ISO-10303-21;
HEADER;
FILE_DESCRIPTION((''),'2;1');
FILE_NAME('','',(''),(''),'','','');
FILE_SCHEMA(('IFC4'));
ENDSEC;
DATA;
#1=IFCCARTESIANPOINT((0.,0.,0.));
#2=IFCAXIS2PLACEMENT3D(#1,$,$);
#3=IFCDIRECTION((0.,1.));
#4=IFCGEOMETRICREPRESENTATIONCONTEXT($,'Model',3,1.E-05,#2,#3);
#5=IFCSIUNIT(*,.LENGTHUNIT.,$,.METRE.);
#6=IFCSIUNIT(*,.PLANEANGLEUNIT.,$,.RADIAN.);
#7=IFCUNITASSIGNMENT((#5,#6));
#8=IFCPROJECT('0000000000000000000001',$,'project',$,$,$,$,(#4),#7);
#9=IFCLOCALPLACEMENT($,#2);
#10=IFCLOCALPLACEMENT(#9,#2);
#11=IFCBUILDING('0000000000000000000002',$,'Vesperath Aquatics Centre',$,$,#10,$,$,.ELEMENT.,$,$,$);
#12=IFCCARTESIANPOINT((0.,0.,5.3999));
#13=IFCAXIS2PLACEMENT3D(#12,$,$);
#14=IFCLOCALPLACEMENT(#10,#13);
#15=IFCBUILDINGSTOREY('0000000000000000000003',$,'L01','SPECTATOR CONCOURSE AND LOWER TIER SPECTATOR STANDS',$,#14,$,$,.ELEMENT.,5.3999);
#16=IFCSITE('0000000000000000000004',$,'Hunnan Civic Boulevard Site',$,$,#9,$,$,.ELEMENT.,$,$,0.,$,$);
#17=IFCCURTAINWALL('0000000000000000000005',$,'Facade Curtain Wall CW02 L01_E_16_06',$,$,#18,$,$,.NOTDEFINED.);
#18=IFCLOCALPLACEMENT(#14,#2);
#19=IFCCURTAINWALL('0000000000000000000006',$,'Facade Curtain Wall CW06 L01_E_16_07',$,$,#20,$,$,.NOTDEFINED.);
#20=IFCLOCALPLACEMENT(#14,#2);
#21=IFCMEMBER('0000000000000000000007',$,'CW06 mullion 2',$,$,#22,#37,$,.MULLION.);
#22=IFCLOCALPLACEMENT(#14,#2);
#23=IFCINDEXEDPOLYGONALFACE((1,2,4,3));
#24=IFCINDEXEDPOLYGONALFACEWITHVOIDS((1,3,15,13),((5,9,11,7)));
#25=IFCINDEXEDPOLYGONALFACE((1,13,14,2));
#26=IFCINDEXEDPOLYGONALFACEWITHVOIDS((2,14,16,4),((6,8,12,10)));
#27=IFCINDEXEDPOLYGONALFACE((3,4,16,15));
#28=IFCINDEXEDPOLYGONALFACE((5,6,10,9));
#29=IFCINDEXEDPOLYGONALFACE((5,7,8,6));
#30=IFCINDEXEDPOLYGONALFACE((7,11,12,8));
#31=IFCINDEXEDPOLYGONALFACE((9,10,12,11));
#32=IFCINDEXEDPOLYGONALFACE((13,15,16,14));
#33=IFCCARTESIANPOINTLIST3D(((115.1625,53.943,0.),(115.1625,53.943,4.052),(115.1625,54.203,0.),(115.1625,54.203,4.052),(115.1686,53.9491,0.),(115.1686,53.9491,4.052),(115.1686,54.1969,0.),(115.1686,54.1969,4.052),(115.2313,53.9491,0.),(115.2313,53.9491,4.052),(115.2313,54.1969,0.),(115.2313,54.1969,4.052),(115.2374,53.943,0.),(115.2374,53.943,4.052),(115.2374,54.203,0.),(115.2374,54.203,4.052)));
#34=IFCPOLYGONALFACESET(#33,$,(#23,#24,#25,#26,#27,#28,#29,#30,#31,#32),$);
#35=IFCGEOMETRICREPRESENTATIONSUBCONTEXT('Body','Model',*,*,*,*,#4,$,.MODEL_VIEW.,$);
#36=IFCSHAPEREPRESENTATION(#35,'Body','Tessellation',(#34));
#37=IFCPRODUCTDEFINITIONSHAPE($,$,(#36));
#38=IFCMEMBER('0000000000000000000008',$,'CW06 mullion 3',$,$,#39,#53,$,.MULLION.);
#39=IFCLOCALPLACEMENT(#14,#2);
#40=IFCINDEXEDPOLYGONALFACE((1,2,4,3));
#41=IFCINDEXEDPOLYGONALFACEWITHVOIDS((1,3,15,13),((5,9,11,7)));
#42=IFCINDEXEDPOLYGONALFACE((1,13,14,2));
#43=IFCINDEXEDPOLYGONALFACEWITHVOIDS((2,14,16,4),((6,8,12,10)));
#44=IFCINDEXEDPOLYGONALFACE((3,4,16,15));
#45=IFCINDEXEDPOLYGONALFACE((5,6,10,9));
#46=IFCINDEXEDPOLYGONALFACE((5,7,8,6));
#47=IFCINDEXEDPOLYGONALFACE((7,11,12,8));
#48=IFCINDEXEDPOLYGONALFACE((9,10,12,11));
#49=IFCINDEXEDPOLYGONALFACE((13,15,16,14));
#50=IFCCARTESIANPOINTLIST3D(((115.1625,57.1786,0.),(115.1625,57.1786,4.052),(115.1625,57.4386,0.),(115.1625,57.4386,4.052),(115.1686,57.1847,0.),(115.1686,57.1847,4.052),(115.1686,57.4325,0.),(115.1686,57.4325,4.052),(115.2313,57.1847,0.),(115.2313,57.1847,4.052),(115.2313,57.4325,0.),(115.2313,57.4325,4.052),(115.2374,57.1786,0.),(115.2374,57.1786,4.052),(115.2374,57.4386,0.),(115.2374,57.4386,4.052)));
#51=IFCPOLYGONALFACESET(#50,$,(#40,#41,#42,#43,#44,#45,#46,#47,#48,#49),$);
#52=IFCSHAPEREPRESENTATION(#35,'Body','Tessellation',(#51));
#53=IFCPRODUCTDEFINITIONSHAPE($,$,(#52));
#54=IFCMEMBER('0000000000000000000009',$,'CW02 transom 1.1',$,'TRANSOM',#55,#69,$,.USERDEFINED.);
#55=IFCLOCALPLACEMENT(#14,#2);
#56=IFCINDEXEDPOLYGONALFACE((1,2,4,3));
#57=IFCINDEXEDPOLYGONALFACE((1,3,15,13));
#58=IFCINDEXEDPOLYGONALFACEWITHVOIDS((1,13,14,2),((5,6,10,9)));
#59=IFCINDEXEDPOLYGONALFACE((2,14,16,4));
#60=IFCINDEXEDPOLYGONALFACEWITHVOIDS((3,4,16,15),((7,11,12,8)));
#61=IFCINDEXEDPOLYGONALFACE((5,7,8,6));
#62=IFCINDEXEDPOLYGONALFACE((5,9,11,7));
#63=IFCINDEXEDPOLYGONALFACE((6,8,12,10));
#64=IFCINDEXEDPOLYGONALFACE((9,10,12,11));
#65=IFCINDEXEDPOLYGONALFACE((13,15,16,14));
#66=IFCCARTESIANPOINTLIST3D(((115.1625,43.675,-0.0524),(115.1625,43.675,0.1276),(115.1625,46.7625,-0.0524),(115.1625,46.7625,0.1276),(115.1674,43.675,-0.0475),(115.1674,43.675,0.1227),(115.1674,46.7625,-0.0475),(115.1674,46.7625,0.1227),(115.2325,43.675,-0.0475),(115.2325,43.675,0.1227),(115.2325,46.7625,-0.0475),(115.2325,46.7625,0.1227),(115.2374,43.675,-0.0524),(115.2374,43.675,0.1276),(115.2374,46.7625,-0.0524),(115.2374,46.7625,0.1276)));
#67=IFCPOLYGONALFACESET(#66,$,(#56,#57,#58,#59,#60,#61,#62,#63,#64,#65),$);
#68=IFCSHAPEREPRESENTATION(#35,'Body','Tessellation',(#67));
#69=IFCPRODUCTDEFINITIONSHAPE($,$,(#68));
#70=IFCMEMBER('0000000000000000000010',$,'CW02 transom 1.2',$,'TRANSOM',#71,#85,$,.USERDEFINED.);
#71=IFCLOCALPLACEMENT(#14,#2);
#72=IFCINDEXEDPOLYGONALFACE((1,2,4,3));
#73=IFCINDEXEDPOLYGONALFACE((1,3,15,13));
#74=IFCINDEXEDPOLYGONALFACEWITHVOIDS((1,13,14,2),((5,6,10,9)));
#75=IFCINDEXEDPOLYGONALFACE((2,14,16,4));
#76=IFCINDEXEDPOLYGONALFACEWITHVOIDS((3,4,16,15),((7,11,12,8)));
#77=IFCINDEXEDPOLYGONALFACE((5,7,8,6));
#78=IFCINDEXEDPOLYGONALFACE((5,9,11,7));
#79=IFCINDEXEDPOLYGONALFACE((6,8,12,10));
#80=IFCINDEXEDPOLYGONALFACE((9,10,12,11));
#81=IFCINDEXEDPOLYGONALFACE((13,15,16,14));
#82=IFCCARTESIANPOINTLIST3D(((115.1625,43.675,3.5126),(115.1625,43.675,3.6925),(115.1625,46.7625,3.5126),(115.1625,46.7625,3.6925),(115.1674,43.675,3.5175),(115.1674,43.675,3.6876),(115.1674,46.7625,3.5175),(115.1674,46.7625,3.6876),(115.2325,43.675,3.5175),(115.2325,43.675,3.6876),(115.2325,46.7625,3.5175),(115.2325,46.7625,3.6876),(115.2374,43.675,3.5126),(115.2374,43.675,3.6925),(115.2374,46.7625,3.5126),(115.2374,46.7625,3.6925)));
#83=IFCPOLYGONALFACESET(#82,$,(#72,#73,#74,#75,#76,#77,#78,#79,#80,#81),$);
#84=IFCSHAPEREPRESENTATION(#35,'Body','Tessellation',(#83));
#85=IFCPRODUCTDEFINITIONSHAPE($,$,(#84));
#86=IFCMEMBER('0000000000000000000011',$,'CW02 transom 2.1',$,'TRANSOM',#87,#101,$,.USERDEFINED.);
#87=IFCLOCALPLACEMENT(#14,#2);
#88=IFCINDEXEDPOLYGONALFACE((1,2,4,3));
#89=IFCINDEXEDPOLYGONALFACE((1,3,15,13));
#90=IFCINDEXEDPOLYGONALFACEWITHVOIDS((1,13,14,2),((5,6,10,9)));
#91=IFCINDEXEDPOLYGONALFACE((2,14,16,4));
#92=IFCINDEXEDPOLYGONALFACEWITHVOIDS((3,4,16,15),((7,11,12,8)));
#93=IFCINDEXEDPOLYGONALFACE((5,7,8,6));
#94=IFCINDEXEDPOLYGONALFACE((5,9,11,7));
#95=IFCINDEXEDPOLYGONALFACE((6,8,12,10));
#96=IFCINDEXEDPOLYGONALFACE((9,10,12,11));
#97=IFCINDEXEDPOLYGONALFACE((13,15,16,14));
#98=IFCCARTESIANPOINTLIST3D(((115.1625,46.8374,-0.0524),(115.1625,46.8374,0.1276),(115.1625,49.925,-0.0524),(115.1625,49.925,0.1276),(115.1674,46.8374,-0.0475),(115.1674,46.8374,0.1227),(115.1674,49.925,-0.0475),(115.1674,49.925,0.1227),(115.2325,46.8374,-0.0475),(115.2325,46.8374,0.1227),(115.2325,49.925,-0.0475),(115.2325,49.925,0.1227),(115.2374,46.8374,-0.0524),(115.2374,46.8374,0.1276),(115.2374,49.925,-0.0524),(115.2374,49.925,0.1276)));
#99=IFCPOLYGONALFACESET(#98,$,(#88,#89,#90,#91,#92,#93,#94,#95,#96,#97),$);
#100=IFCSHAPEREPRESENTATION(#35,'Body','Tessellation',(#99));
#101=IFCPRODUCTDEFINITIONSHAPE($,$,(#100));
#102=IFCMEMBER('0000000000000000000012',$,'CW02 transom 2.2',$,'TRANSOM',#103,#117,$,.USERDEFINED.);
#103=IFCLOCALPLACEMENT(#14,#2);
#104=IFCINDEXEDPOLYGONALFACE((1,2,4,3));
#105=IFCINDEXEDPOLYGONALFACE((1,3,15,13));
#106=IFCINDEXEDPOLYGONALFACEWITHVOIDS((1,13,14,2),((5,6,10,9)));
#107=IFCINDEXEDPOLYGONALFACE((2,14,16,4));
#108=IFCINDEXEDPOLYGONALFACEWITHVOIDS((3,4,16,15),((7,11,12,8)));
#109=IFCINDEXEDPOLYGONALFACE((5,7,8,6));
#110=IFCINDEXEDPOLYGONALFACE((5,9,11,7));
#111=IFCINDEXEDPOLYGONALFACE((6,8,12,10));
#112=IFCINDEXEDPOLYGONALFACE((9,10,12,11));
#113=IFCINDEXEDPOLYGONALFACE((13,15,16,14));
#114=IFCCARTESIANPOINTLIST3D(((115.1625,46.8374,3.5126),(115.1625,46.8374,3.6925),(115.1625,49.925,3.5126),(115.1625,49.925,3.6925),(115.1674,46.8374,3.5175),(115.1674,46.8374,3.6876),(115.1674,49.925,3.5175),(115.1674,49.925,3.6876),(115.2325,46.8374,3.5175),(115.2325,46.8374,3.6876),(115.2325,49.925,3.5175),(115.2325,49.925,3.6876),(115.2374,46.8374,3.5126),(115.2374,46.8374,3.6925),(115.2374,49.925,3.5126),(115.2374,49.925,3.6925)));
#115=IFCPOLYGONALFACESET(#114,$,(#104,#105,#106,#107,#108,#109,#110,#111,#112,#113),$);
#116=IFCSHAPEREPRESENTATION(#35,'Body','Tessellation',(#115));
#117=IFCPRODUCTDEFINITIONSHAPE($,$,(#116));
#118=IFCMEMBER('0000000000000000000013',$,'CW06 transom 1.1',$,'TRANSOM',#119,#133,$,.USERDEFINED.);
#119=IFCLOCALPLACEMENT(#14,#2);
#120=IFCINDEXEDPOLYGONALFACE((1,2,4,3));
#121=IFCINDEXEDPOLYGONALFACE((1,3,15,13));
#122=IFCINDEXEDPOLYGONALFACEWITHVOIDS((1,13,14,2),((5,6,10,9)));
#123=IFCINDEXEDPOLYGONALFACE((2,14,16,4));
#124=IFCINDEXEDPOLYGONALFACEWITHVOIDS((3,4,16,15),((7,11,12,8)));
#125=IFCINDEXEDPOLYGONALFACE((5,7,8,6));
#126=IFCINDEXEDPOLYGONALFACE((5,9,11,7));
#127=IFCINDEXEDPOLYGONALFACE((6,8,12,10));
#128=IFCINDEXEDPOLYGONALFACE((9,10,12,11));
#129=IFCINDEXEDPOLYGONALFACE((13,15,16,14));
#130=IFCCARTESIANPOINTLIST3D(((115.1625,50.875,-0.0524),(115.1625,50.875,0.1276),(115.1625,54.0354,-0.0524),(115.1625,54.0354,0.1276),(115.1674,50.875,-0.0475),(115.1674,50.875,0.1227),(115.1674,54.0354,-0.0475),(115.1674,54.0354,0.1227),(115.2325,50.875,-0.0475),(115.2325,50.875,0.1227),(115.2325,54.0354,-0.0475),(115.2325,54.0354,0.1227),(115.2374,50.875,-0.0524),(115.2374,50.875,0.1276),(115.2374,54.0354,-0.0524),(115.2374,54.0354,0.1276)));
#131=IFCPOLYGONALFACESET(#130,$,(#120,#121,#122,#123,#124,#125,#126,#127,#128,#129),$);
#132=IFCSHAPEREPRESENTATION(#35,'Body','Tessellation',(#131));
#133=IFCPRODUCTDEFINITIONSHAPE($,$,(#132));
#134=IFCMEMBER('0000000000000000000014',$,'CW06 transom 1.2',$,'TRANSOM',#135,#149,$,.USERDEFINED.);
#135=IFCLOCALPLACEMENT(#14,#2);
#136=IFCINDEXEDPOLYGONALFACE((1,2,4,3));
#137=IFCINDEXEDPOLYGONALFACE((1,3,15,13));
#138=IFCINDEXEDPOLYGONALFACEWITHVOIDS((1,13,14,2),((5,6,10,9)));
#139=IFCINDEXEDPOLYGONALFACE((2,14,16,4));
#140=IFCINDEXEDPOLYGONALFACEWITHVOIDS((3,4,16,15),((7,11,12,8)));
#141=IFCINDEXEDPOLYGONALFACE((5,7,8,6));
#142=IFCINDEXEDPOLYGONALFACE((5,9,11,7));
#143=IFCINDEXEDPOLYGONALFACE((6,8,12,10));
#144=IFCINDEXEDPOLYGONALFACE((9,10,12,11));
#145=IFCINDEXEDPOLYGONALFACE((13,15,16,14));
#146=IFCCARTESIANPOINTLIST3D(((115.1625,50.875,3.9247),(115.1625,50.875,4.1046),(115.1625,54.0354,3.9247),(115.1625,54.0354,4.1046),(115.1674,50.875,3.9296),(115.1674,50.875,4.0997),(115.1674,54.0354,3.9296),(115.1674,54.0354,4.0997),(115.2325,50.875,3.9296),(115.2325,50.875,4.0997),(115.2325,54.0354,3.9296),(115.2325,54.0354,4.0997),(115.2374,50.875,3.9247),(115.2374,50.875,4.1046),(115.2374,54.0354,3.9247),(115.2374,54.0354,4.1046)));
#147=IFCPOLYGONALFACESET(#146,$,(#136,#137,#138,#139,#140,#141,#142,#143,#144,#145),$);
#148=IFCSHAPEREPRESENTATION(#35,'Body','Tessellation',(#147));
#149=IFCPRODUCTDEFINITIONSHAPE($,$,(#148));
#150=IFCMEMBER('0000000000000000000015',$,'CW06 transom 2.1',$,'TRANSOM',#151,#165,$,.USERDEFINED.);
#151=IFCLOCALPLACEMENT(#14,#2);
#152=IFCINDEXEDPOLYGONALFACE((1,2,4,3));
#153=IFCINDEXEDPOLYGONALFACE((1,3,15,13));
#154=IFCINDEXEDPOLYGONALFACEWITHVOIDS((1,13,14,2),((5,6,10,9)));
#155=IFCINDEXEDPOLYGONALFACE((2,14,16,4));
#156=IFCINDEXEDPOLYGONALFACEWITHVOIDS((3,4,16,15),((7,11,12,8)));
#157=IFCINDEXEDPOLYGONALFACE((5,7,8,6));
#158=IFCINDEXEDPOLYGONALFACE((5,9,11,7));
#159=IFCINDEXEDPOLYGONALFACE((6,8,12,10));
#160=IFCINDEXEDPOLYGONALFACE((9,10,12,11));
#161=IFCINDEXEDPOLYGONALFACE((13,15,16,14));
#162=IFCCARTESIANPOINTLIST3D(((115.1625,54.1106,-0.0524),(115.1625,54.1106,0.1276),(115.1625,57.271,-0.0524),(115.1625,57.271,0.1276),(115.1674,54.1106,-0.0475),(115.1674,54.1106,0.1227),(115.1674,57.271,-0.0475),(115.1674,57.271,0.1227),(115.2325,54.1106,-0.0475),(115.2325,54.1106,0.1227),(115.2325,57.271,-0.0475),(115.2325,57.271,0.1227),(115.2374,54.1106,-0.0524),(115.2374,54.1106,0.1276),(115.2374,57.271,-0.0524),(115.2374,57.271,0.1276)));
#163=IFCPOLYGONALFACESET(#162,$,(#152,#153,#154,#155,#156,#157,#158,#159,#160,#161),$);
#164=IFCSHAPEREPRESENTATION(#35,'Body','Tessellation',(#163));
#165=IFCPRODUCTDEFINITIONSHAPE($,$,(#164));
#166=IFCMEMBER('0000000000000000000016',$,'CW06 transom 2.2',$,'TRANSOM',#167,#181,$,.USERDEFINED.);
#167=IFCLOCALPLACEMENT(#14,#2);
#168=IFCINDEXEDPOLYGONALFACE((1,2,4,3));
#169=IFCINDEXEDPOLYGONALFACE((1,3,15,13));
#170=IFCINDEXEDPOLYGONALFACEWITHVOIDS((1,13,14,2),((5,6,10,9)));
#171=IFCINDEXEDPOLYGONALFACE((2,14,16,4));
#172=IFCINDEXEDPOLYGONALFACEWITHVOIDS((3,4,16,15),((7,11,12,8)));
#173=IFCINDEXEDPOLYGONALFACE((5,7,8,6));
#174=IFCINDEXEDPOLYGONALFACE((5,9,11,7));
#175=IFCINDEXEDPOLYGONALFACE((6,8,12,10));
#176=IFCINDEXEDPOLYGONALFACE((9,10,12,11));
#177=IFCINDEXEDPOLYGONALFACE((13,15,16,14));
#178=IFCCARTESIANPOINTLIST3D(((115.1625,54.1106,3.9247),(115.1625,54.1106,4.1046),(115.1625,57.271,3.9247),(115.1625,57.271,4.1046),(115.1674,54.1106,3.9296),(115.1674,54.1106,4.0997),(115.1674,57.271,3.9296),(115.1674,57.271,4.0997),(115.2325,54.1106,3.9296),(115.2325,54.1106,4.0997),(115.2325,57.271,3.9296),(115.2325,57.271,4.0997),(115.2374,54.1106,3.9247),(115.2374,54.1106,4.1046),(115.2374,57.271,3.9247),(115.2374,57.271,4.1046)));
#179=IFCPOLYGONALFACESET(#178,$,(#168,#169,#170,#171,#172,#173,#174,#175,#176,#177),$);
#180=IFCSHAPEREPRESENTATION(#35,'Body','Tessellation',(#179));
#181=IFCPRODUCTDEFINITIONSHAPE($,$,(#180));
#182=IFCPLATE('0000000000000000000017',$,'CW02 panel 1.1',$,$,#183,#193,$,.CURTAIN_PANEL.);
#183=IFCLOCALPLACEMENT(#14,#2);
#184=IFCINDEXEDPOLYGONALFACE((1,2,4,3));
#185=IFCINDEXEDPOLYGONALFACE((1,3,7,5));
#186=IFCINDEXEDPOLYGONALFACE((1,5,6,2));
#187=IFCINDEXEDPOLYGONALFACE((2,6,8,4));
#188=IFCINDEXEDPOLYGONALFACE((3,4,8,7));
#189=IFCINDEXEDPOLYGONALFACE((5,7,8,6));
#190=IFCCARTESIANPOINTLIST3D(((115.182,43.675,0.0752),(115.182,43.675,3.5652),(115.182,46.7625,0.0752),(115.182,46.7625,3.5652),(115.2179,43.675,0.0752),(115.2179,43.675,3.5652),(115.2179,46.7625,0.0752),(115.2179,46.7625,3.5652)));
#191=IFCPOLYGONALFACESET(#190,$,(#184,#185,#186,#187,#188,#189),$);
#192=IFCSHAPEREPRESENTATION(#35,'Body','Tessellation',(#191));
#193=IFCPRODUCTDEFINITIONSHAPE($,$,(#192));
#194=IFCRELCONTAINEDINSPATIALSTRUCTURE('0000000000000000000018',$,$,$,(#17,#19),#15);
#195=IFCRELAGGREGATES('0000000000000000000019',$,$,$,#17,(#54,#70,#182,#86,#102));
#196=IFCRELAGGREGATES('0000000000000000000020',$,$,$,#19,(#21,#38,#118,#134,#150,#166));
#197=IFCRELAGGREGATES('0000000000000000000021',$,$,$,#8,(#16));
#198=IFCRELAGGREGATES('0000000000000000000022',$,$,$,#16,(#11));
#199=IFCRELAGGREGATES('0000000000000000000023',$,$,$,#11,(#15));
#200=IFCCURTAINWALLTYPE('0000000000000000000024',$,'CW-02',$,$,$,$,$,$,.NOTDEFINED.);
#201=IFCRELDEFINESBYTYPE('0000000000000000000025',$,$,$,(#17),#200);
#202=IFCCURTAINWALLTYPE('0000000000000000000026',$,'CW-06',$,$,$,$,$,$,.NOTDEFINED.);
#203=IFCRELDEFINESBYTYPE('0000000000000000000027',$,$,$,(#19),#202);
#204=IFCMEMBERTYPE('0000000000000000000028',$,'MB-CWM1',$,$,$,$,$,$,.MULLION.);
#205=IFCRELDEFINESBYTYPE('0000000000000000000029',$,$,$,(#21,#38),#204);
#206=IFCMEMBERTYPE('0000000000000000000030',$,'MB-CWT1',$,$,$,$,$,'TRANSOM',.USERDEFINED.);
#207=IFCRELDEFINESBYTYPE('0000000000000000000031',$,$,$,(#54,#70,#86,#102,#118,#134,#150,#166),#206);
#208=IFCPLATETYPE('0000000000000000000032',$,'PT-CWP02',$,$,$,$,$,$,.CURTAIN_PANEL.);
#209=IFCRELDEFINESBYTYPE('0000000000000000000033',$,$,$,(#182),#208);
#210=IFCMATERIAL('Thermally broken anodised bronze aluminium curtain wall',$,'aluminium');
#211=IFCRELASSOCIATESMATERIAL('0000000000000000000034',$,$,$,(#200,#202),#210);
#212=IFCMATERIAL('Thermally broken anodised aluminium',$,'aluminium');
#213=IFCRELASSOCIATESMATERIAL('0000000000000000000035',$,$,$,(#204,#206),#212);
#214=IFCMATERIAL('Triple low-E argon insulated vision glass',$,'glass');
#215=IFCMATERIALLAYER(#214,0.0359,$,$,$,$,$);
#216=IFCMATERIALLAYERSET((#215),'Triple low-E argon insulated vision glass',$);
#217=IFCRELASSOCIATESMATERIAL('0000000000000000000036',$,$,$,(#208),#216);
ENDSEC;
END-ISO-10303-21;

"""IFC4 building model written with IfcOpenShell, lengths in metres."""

from ifc_helpers import new_model, si_unit, direction, frame, origin, origin_2d, place, context, subcontext, project, spatial, rectangle, hollow_rectangle, extrude, material, layer, layer_set, material_profile, profile_set, type_object, element, aggregate, save


model = new_model("IFC4")

# Units and contexts
model_context = context("Model", 3, precision=1e-05, world=origin(), true_north=direction((0.0, 1.0)))
body_context = subcontext(model_context, "Body", "Model", "MODEL_VIEW")
ifc_project = project(units=[si_unit("LENGTHUNIT", "METRE"), si_unit("PLANEANGLEUNIT", "RADIAN")], contexts=[model_context])

# Site, building, storey
site_placement = place(None, origin())
site = spatial("IfcSite", under=ifc_project, at=site_placement, Name="Hunnan Civic Boulevard Site", CompositionType="ELEMENT", RefElevation=0.0)
building_placement = place(site_placement, origin())
building = spatial("IfcBuilding", under=site, at=building_placement, Name="Vesperath Aquatics Centre", CompositionType="ELEMENT")
storey_placement = place(building_placement, frame((0.0, 0.0, 5.3999)))
storey = spatial("IfcBuildingStorey", under=building, at=storey_placement, Name="L01", Description="SPECTATOR CONCOURSE AND LOWER TIER SPECTATOR STANDS", CompositionType="ELEMENT", Elevation=5.3999)

# Curtain walls, members
ifc_material_1 = material(Name="Thermally broken anodised bronze aluminium curtain wall", Category="aluminium")
curtain_wall_type_1 = type_object("IfcCurtainWallType", Name="CW-02", PredefinedType="NOTDEFINED", material=ifc_material_1)
curtain_wall_1_placement = place(storey_placement, origin())
curtain_wall_1 = element("IfcCurtainWall", 1, at=curtain_wall_1_placement, inside=storey, type_object=curtain_wall_type_1, Name="Facade Curtain Wall CW02 L01_E_16_06", PredefinedType="NOTDEFINED")
ifc_material_2 = material(Name="Thermally broken anodised aluminium", Category="aluminium")
ifc_material_profile_1 = material_profile(ifc_material_2, hollow_rectangle(XDim=0.075, YDim=0.26, WallThickness=0.0061, at=origin_2d()), Name="CWM 75x260x6")
ifc_profile_set_1 = profile_set([ifc_material_profile_1], Name="Thermally broken anodised aluminium")
member_type_1 = type_object("IfcMemberType", Name="MB-CWM1", PredefinedType="MULLION", material=ifc_profile_set_1)
curtain_wall_type_2 = type_object("IfcCurtainWallType", Name="CW-06", PredefinedType="NOTDEFINED", material=ifc_material_1)
curtain_wall_2_placement = place(storey_placement, origin())
curtain_wall_2 = element("IfcCurtainWall", 2, at=curtain_wall_2_placement, inside=storey, type_object=curtain_wall_type_2, Name="Facade Curtain Wall CW06 L01_E_16_07", PredefinedType="NOTDEFINED")
member_1_placement = place(storey_placement, frame((115.2, 54.073, 0.0), z_axis=(0.0, 0.0, 1.0), x_axis=(-1.0, 0.0, 0.0)))
member_1 = element("IfcMember", 3, at=member_1_placement, type_object=member_type_1, Name="CW06 mullion 2", PredefinedType="MULLION", context=body_context, shape_type="SweptSolid", body=[
    extrude(hollow_rectangle(XDim=0.075, YDim=0.26, WallThickness=0.0061, at=origin_2d()), origin(), (0.0, 0.0, 1.0), 4.052),
])
member_2_placement = place(storey_placement, frame((115.2, 57.3086, 0.0), z_axis=(0.0, 0.0, 1.0), x_axis=(-1.0, 0.0, 0.0)))
member_2 = element("IfcMember", 4, at=member_2_placement, type_object=member_type_1, Name="CW06 mullion 3", PredefinedType="MULLION", context=body_context, shape_type="SweptSolid", body=[
    extrude(hollow_rectangle(XDim=0.075, YDim=0.26, WallThickness=0.0061, at=origin_2d()), origin(), (0.0, 0.0, 1.0), 4.052),
])

# Members
ifc_material_profile_2 = material_profile(ifc_material_2, hollow_rectangle(XDim=0.075, YDim=0.1799, WallThickness=0.0049, at=origin_2d()), Name="CWT 75x180x5")
ifc_profile_set_2 = profile_set([ifc_material_profile_2], Name="Thermally broken anodised aluminium")
member_type_2 = type_object("IfcMemberType", Name="MB-CWT1", ElementType="TRANSOM", PredefinedType="USERDEFINED", material=ifc_profile_set_2)
member_3_placement = place(storey_placement, frame((115.2, 43.675, 0.0376), z_axis=(0.0, 1.0, 0.0), x_axis=(-1.0, 0.0, 0.0)))
member_3 = element("IfcMember", 5, at=member_3_placement, type_object=member_type_2, Name="CW02 transom 1.1", ObjectType="TRANSOM", PredefinedType="USERDEFINED", context=body_context, shape_type="SweptSolid", body=[
    extrude(hollow_rectangle(XDim=0.075, YDim=0.1799, WallThickness=0.0049, at=origin_2d()), origin(), (0.0, 0.0, 1.0), 3.0874),
])
member_4_placement = place(storey_placement, frame((115.2, 43.675, 3.6025), z_axis=(0.0, 1.0, 0.0), x_axis=(-1.0, 0.0, 0.0)))
member_4 = element("IfcMember", 6, at=member_4_placement, type_object=member_type_2, Name="CW02 transom 1.2", ObjectType="TRANSOM", PredefinedType="USERDEFINED", context=body_context, shape_type="SweptSolid", body=[
    extrude(hollow_rectangle(XDim=0.075, YDim=0.1799, WallThickness=0.0049, at=origin_2d()), origin(), (0.0, 0.0, 1.0), 3.0874),
])
member_5_placement = place(storey_placement, frame((115.2, 46.8374, 0.0376), z_axis=(0.0, 1.0, 0.0), x_axis=(-1.0, 0.0, 0.0)))
member_5 = element("IfcMember", 7, at=member_5_placement, type_object=member_type_2, Name="CW02 transom 2.1", ObjectType="TRANSOM", PredefinedType="USERDEFINED", context=body_context, shape_type="SweptSolid", body=[
    extrude(hollow_rectangle(XDim=0.075, YDim=0.1799, WallThickness=0.0049, at=origin_2d()), origin(), (0.0, 0.0, 1.0), 3.0876),
])
member_6_placement = place(storey_placement, frame((115.2, 46.8374, 3.6025), z_axis=(0.0, 1.0, 0.0), x_axis=(-1.0, 0.0, 0.0)))
member_6 = element("IfcMember", 8, at=member_6_placement, type_object=member_type_2, Name="CW02 transom 2.2", ObjectType="TRANSOM", PredefinedType="USERDEFINED", context=body_context, shape_type="SweptSolid", body=[
    extrude(hollow_rectangle(XDim=0.075, YDim=0.1799, WallThickness=0.0049, at=origin_2d()), origin(), (0.0, 0.0, 1.0), 3.0876),
])
member_7_placement = place(storey_placement, frame((115.2, 50.875, 0.0376), z_axis=(0.0, 1.0, 0.0), x_axis=(-1.0, 0.0, 0.0)))
member_7 = element("IfcMember", 9, at=member_7_placement, type_object=member_type_2, Name="CW06 transom 1.1", ObjectType="TRANSOM", PredefinedType="USERDEFINED", context=body_context, shape_type="SweptSolid", body=[
    extrude(hollow_rectangle(XDim=0.075, YDim=0.1799, WallThickness=0.0049, at=origin_2d()), origin(), (0.0, 0.0, 1.0), 3.1604),
])
member_8_placement = place(storey_placement, frame((115.2, 50.875, 4.0146), z_axis=(0.0, 1.0, 0.0), x_axis=(-1.0, 0.0, 0.0)))
member_8 = element("IfcMember", 10, at=member_8_placement, type_object=member_type_2, Name="CW06 transom 1.2", ObjectType="TRANSOM", PredefinedType="USERDEFINED", context=body_context, shape_type="SweptSolid", body=[
    extrude(hollow_rectangle(XDim=0.075, YDim=0.1799, WallThickness=0.0049, at=origin_2d()), origin(), (0.0, 0.0, 1.0), 3.1604),
])
member_9_placement = place(storey_placement, frame((115.2, 54.1106, 0.0376), z_axis=(0.0, 1.0, 0.0), x_axis=(-1.0, 0.0, 0.0)))
member_9 = element("IfcMember", 11, at=member_9_placement, type_object=member_type_2, Name="CW06 transom 2.1", ObjectType="TRANSOM", PredefinedType="USERDEFINED", context=body_context, shape_type="SweptSolid", body=[
    extrude(hollow_rectangle(XDim=0.075, YDim=0.1799, WallThickness=0.0049, at=origin_2d()), origin(), (0.0, 0.0, 1.0), 3.1604),
])
member_10_placement = place(storey_placement, frame((115.2, 54.1106, 4.0146), z_axis=(0.0, 1.0, 0.0), x_axis=(-1.0, 0.0, 0.0)))
member_10 = element("IfcMember", 12, at=member_10_placement, type_object=member_type_2, Name="CW06 transom 2.2", ObjectType="TRANSOM", PredefinedType="USERDEFINED", context=body_context, shape_type="SweptSolid", body=[
    extrude(hollow_rectangle(XDim=0.075, YDim=0.1799, WallThickness=0.0049, at=origin_2d()), origin(), (0.0, 0.0, 1.0), 3.1604),
])

# Plate
ifc_material_3 = material(Name="Triple low-E argon insulated vision glass", Category="glass")
ifc_layer_1 = layer(ifc_material_3, 0.0359)
ifc_layer_set_1 = layer_set([ifc_layer_1], Name="Triple low-E argon insulated vision glass")
plate_type_1 = type_object("IfcPlateType", Name="PT-CWP02", PredefinedType="CURTAIN_PANEL", material=ifc_layer_set_1)
plate_1_placement = place(storey_placement, frame((115.2, 45.2188, 0.0752), z_axis=(0.0, 0.0, 1.0), x_axis=(0.0, 1.0, 0.0)))
plate_1 = element("IfcPlate", 13, at=plate_1_placement, type_object=plate_type_1, Name="CW02 panel 1.1", PredefinedType="CURTAIN_PANEL", context=body_context, shape_type="SweptSolid", body=[
    extrude(rectangle(XDim=3.0874, YDim=0.0359, at=origin_2d()), origin(), (0.0, 0.0, 1.0), 3.49),
])
aggregate(curtain_wall_1, [member_3, member_4, plate_1, member_5, member_6])
aggregate(curtain_wall_2, [member_1, member_2, member_7, member_8, member_9, member_10])

save(model, "model.ifc")
